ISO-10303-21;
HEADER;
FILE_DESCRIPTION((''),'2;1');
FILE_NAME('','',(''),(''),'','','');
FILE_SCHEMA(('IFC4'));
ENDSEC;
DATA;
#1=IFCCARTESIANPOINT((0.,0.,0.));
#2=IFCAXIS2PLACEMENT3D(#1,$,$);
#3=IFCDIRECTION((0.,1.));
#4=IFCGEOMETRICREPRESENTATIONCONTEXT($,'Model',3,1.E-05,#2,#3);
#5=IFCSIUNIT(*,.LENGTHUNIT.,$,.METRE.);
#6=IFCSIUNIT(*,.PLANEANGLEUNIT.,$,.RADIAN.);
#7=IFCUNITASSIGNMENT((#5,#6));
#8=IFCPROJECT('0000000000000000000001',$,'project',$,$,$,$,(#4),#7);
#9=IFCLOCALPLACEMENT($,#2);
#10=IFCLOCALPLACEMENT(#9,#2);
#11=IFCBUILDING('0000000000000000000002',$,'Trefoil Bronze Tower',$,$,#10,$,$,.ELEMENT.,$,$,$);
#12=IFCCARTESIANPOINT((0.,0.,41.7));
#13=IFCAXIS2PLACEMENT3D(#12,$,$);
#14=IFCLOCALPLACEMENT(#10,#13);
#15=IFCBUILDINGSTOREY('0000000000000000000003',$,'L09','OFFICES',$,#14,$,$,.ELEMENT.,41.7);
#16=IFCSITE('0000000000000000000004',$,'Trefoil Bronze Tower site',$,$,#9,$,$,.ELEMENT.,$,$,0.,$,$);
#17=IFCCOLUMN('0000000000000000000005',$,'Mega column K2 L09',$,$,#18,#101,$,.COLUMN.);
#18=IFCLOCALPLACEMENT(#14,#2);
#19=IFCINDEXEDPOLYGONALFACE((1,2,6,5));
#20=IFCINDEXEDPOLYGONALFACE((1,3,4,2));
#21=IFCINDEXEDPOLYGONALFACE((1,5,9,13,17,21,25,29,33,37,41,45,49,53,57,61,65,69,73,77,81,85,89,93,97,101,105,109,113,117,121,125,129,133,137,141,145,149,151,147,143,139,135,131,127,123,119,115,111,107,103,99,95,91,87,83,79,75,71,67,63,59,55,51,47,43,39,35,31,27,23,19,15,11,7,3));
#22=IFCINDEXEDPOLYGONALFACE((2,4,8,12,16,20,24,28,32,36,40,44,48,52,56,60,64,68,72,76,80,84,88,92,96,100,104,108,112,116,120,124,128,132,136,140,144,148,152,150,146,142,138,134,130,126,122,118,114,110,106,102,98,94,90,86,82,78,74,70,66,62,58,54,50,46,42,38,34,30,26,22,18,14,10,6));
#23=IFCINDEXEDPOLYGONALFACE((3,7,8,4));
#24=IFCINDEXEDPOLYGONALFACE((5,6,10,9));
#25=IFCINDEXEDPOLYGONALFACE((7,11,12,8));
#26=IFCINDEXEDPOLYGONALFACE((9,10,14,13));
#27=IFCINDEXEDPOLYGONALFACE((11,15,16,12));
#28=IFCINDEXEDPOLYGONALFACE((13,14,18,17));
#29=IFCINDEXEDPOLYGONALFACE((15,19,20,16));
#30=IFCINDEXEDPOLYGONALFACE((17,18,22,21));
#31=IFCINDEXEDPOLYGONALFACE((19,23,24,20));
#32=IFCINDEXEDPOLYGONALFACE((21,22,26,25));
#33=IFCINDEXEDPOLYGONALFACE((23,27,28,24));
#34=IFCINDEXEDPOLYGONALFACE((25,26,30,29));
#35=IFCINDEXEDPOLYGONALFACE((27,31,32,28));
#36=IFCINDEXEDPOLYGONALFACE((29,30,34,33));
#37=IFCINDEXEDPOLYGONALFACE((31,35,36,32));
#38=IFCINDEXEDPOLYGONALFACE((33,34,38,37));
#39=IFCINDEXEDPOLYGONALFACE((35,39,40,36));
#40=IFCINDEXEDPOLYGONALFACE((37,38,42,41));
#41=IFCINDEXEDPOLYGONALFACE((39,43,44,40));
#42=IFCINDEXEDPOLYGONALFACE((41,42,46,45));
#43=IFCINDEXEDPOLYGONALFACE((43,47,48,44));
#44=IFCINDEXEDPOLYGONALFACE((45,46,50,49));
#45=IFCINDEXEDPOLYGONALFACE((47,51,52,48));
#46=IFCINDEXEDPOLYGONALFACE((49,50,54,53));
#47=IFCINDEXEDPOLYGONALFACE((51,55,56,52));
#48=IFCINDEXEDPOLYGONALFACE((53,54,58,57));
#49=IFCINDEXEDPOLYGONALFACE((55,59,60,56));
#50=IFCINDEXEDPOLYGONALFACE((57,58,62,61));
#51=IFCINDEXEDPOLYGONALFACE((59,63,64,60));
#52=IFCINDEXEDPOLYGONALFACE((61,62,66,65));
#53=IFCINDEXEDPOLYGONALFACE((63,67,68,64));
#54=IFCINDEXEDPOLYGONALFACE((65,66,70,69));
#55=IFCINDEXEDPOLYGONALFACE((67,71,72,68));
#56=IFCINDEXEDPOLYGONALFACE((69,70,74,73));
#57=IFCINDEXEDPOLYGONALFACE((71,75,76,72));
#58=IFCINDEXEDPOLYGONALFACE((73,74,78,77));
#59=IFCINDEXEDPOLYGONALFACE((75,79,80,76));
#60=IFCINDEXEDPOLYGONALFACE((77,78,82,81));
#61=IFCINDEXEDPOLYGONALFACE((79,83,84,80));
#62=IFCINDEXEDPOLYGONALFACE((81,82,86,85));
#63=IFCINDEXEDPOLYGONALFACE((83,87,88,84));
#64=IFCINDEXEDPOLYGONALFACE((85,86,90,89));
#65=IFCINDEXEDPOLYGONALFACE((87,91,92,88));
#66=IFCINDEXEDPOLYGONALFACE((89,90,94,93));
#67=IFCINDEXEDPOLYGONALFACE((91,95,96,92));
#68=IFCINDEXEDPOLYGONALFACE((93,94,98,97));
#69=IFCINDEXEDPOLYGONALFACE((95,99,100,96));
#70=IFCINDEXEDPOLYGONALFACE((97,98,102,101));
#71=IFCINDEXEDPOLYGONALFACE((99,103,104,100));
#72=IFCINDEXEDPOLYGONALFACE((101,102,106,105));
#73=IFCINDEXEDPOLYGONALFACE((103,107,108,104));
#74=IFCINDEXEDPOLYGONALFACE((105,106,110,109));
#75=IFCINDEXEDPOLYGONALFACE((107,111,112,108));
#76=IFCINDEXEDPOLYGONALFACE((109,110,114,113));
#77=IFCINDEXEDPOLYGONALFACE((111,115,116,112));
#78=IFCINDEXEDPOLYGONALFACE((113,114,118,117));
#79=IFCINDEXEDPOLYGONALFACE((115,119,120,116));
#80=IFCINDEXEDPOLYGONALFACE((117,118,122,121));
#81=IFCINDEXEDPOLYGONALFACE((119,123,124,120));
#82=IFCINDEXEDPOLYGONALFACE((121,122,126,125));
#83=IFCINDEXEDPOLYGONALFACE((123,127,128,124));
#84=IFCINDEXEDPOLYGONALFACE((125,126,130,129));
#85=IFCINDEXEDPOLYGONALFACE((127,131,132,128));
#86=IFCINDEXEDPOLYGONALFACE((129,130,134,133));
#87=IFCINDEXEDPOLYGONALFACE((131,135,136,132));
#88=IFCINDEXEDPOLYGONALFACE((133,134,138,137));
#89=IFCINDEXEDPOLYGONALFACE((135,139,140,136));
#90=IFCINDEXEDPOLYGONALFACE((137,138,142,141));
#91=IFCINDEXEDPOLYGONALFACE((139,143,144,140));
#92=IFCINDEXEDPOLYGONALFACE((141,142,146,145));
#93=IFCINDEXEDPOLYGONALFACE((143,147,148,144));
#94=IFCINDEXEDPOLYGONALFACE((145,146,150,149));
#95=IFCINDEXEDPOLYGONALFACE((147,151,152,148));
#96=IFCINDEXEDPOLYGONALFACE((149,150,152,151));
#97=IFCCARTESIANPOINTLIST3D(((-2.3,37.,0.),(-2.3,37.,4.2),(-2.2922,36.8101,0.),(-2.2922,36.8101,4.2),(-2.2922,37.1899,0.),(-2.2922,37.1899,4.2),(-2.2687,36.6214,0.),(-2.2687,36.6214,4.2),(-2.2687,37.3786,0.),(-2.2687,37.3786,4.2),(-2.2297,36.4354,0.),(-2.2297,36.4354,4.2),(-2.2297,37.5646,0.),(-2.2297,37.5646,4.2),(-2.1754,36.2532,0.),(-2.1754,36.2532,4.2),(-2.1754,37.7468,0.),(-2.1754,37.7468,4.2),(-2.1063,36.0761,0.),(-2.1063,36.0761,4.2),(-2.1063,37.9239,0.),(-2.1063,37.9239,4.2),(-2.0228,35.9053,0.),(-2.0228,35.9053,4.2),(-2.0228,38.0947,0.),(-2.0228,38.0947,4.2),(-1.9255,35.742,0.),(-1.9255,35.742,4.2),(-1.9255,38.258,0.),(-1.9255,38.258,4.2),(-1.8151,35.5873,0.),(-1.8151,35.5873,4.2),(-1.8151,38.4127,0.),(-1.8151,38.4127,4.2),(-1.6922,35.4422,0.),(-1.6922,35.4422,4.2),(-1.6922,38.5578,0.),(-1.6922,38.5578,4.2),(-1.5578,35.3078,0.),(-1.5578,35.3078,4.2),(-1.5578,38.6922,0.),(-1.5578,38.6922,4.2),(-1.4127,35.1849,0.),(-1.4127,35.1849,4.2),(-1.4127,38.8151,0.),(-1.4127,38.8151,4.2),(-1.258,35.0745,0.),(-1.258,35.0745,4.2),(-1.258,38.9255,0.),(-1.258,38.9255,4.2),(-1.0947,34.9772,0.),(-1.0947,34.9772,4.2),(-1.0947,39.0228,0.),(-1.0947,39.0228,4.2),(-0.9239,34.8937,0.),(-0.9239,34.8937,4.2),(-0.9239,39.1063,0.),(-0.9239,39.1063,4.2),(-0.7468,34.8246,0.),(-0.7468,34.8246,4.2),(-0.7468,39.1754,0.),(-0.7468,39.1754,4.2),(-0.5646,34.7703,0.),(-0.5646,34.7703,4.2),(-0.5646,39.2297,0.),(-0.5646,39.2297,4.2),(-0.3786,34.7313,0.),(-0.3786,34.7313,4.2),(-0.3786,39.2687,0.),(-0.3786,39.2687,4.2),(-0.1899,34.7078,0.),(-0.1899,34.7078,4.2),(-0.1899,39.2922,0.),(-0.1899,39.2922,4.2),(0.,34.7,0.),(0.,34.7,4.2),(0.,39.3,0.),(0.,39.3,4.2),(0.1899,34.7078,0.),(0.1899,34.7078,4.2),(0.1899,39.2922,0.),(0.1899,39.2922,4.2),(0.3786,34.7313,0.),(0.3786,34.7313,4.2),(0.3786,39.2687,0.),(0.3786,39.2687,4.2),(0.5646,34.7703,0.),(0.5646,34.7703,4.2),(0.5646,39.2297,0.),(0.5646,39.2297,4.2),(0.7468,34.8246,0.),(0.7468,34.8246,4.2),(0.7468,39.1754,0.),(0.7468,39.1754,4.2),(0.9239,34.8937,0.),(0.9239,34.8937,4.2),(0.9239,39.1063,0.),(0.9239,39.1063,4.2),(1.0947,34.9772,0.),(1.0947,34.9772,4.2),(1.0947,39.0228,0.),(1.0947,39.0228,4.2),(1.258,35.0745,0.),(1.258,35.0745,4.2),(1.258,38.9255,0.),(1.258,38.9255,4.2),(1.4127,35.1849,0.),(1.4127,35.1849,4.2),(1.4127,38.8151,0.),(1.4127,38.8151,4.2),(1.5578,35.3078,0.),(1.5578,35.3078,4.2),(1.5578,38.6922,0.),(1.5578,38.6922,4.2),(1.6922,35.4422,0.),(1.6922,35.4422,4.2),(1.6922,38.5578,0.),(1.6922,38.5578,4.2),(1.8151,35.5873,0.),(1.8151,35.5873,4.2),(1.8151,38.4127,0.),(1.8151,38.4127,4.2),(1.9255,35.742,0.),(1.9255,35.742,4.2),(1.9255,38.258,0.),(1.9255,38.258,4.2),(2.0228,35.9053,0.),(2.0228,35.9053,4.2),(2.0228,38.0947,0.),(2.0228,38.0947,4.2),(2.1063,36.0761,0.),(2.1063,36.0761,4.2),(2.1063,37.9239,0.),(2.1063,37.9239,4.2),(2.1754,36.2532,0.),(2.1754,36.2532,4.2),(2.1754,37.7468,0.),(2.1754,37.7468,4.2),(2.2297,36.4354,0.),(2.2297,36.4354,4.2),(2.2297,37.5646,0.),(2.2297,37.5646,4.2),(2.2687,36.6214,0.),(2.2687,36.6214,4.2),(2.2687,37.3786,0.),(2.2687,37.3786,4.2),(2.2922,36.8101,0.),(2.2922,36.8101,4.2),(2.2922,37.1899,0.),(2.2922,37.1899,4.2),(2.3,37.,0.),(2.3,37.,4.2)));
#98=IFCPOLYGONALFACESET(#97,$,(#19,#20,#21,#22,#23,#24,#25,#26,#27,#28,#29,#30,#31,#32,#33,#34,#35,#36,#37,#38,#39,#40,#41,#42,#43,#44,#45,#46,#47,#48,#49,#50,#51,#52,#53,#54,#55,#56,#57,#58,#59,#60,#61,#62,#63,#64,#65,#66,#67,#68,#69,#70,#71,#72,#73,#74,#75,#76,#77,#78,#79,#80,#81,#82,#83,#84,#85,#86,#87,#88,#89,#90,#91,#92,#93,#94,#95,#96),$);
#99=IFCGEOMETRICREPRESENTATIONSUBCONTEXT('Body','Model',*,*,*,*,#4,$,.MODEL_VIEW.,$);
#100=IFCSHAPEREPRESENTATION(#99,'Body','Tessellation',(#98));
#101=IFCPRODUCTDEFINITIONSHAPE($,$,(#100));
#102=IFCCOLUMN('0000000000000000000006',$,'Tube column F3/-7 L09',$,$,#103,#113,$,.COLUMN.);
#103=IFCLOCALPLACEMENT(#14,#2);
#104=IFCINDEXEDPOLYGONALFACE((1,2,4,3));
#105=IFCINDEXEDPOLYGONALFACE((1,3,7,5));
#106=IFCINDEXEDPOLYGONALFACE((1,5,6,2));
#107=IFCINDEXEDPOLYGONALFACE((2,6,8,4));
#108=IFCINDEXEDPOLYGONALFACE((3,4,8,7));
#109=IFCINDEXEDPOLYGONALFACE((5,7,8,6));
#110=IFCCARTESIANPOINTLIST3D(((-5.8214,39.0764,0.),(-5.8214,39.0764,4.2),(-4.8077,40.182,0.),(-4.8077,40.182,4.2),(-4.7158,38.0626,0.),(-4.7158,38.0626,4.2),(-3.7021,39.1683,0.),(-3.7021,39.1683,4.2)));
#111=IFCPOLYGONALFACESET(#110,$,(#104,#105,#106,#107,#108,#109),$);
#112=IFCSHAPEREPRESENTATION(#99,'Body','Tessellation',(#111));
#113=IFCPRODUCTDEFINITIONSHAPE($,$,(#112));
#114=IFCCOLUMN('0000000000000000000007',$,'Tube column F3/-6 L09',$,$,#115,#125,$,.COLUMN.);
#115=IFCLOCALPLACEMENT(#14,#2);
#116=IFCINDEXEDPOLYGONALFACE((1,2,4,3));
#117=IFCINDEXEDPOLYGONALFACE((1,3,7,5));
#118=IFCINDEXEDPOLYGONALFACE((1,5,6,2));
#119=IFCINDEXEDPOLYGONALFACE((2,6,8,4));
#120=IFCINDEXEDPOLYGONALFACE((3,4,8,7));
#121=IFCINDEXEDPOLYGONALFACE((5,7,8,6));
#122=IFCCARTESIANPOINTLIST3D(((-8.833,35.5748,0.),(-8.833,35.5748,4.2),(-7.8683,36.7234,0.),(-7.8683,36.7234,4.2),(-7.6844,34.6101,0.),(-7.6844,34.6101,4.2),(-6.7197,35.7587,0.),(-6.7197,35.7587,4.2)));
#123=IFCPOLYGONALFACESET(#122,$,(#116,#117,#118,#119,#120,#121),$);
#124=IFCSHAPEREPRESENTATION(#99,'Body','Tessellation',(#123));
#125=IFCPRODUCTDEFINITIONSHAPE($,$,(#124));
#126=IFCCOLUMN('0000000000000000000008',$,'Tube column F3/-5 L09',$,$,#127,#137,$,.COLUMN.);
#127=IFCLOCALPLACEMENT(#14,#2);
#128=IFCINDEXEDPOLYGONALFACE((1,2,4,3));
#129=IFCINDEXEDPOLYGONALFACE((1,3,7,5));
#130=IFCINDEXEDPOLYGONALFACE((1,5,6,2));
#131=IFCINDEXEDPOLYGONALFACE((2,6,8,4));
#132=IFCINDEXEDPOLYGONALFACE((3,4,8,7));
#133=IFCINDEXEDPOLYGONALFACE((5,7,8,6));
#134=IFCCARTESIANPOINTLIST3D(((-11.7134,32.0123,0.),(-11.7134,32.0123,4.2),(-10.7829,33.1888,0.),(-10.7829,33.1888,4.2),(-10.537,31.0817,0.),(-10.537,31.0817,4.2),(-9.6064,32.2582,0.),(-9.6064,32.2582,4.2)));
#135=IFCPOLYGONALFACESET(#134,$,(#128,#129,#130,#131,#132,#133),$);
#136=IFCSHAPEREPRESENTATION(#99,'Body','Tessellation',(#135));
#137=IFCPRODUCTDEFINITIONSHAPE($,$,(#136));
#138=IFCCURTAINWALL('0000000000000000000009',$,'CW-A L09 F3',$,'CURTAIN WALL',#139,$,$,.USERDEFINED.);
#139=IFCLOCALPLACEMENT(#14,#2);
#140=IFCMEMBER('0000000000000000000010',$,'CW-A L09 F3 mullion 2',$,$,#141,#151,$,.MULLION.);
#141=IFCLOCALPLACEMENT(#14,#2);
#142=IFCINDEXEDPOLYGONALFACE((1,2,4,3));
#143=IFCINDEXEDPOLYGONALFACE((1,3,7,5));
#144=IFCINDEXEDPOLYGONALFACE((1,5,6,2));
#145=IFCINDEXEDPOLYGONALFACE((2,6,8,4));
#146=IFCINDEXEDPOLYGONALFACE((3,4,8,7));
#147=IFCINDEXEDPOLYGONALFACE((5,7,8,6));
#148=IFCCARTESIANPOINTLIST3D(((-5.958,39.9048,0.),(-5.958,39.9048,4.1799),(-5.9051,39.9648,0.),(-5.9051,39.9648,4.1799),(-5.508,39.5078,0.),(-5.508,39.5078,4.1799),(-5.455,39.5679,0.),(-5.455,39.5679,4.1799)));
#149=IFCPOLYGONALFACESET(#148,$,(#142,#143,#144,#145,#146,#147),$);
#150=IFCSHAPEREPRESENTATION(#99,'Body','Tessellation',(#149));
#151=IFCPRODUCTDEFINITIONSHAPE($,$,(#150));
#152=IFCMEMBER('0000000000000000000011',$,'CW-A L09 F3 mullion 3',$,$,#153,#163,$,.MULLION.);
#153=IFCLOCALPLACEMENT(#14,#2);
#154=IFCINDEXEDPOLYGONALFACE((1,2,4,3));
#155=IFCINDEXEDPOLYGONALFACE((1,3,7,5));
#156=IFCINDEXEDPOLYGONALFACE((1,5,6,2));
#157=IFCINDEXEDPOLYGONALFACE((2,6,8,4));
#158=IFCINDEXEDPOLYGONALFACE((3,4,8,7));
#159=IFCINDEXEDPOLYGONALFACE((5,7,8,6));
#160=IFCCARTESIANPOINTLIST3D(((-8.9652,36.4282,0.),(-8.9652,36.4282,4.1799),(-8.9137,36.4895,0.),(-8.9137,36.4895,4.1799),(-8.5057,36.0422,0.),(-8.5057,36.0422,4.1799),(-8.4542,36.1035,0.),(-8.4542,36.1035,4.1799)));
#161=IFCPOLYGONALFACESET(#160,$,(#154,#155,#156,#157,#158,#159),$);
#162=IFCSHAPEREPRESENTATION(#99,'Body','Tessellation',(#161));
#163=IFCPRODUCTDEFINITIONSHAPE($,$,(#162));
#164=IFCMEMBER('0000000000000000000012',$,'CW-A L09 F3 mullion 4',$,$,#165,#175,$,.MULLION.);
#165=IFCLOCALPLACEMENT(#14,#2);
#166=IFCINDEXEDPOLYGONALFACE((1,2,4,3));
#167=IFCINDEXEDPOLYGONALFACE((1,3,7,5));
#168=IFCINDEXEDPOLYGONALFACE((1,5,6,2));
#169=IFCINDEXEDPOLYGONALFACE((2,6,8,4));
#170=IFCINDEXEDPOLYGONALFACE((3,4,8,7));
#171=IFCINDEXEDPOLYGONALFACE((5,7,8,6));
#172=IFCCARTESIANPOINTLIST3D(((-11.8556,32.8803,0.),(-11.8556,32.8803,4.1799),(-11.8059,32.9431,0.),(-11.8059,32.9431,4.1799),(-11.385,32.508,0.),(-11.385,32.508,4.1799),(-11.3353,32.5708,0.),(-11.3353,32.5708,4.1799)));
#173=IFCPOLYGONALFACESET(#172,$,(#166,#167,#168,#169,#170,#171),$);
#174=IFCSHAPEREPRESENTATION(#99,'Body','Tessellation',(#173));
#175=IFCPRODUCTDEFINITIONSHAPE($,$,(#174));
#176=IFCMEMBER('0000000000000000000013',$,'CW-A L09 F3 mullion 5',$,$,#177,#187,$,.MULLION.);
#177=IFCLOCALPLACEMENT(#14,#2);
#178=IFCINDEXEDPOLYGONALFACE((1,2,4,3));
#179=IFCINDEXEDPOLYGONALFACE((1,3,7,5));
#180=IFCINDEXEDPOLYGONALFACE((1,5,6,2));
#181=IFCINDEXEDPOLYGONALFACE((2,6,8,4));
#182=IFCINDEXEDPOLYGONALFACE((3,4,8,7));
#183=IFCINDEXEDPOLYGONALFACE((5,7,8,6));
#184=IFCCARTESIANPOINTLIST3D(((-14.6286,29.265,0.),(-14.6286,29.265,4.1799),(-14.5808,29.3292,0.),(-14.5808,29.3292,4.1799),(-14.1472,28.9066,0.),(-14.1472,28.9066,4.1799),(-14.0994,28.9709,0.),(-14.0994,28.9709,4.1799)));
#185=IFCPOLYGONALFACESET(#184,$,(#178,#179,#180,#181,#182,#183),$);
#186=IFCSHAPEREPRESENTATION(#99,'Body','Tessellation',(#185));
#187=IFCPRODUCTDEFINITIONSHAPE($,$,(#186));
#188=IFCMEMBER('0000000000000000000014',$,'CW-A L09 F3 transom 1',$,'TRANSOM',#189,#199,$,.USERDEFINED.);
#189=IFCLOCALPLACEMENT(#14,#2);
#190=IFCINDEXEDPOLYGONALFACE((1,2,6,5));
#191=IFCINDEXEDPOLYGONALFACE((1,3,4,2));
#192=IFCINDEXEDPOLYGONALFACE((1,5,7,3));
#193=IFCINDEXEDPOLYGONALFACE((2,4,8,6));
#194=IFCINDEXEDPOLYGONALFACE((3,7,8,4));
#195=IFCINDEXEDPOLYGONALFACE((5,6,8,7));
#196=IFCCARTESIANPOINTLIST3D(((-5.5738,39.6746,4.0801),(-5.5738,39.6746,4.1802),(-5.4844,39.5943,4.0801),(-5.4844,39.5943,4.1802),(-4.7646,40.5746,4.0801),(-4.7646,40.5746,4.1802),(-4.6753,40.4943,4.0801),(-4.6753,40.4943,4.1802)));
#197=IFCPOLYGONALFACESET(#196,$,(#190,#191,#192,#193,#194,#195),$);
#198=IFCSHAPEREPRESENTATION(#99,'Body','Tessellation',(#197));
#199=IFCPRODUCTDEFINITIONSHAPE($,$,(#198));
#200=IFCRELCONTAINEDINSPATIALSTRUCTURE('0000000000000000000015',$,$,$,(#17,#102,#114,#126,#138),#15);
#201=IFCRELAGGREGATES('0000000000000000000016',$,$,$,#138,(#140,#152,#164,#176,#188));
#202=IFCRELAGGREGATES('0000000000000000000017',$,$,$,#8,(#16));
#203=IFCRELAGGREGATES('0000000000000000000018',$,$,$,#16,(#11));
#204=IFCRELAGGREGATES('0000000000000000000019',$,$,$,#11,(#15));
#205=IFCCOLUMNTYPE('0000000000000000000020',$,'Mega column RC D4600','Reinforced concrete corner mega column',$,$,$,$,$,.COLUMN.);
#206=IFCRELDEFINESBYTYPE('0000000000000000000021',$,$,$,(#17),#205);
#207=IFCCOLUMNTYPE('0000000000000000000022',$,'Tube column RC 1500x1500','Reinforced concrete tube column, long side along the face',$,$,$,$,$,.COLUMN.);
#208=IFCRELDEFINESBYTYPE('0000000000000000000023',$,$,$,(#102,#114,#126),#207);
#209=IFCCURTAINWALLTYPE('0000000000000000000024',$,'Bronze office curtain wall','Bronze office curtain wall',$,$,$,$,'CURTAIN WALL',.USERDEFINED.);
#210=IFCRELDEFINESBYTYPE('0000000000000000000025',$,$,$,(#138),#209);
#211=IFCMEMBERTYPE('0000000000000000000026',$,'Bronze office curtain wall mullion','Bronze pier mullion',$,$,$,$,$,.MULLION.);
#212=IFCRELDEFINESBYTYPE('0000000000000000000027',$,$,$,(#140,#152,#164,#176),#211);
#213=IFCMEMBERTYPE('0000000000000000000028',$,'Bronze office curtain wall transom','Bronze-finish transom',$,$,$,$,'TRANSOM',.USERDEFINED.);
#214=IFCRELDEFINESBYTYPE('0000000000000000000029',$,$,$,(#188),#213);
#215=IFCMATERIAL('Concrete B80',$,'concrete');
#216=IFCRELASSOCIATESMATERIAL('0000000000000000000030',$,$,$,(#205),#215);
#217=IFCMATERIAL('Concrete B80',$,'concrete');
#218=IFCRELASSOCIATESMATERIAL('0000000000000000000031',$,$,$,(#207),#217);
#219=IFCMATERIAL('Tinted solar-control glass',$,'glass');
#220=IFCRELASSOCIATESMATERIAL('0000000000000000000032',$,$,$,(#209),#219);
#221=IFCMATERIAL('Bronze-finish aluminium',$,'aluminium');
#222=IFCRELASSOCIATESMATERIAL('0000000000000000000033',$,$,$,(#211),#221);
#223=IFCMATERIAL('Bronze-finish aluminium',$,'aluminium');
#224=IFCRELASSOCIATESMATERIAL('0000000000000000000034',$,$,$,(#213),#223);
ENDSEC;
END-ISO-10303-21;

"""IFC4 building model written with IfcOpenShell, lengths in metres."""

from ifc_helpers import new_model, si_unit, direction, frame, origin, origin_2d, place, context, subcontext, project, spatial, rectangle, circle, extrude, material, material_profile, profile_set, type_object, element, aggregate, save


model = new_model("IFC4")

# Units and contexts
model_context = context("Model", 3, precision=1e-05, world=origin(), true_north=direction((0.0, 1.0)))
body_context = subcontext(model_context, "Body", "Model", "MODEL_VIEW")
ifc_project = project(units=[si_unit("LENGTHUNIT", "METRE"), si_unit("PLANEANGLEUNIT", "RADIAN")], contexts=[model_context])

# Site, building, storey
site_placement = place(None, origin())
site = spatial("IfcSite", under=ifc_project, at=site_placement, Name="Trefoil Bronze Tower site", CompositionType="ELEMENT", RefElevation=0.0)
building_placement = place(site_placement, origin())
building = spatial("IfcBuilding", under=site, at=building_placement, Name="Trefoil Bronze Tower", CompositionType="ELEMENT")
storey_placement = place(building_placement, frame((0.0, 0.0, 41.7)))
storey = spatial("IfcBuildingStorey", under=building, at=storey_placement, Name="L09", Description="OFFICES", CompositionType="ELEMENT", Elevation=41.7)

# Columns
ifc_material_1 = material(Name="Concrete B80", Category="concrete")
ifc_material_profile_1 = material_profile(ifc_material_1, circle(Radius=2.3, at=origin_2d()), Name="RC D4600")
ifc_profile_set_1 = profile_set([ifc_material_profile_1], Name="Concrete B80")
column_type_1 = type_object("IfcColumnType", Name="Mega column RC D4600", Description="Reinforced concrete corner mega column", PredefinedType="COLUMN", material=ifc_profile_set_1)
column_placement = place(storey_placement, frame((0.0, 37.0, 0.0), z_axis=(0.0, 0.0, 1.0), x_axis=(1.0, 0.0, 0.0)))
element("IfcColumn", 1, at=column_placement, inside=storey, type_object=column_type_1, Name="Mega column K2 L09", PredefinedType="COLUMN", context=body_context, shape_type="SweptSolid", body=[
    extrude(circle(Radius=2.3, at=origin_2d()), origin(), (0.0, 0.0, 1.0), 4.2),
])
ifc_material_2 = material(Name="Concrete B80", Category="concrete")
ifc_material_profile_2 = material_profile(ifc_material_2, rectangle(XDim=1.5, YDim=1.5, at=origin_2d()), Name="RC 1500x1500")
ifc_profile_set_2 = profile_set([ifc_material_profile_2], Name="Concrete B80")
column_type_2 = type_object("IfcColumnType", Name="Tube column RC 1500x1500", Description="Reinforced concrete tube column, long side along the face", PredefinedType="COLUMN", material=ifc_profile_set_2)
for number, where, z_axis, x_axis, name in (
    (2, (-4.7617, 39.1223, 0.0), (0.0, 0.0, 1.0), (-0.675816, -0.73707, 0.0), "Tube column F3/-7 L09"),
    (3, (-7.7764, 35.6667, 0.0), (0.0, 0.0, 1.0), (-0.643163, -0.765729, 0.0), "Tube column F3/-6 L09"),
    (4, (-10.6599, 32.1353, 0.0), (0.0, 0.0, 1.0), (-0.620376, -0.784305, 0.0), "Tube column F3/-5 L09"),
):
    element("IfcColumn", number, at=place(storey_placement, frame(where, z_axis=z_axis, x_axis=x_axis)), inside=storey, type_object=column_type_2, Name=name, PredefinedType="COLUMN", context=body_context, shape_type="SweptSolid", body=[
        extrude(rectangle(XDim=1.5, YDim=1.5, at=origin_2d()), origin(), (0.0, 0.0, 1.0), 4.2),
    ])

# Curtain wall, members
ifc_material_3 = material(Name="Tinted solar-control glass", Category="glass")
curtain_wall_type_1 = type_object("IfcCurtainWallType", Name="Bronze office curtain wall", Description="Bronze office curtain wall", ElementType="CURTAIN WALL", PredefinedType="USERDEFINED", material=ifc_material_3)
curtain_wall_1_placement = place(storey_placement, origin())
curtain_wall_1 = element("IfcCurtainWall", 5, at=curtain_wall_1_placement, inside=storey, type_object=curtain_wall_type_1, Name="CW-A L09 F3", ObjectType="CURTAIN WALL", PredefinedType="USERDEFINED")
ifc_material_4 = material(Name="Bronze-finish aluminium", Category="aluminium")
ifc_material_profile_3 = material_profile(ifc_material_4, rectangle(XDim=0.6001, YDim=0.0801, at=origin_2d()), Name="CW-A mullion")
ifc_profile_set_3 = profile_set([ifc_material_profile_3], Name="Bronze-finish aluminium")
member_type_1 = type_object("IfcMemberType", Name="Bronze office curtain wall mullion", Description="Bronze pier mullion", PredefinedType="MULLION", material=ifc_profile_set_3)
member_1_placement = place(storey_placement, frame((-5.7065, 39.7363, 0.0), z_axis=(0.0, 0.0, 1.0), x_axis=(0.749941, -0.661505, 0.0)))
member_1 = element("IfcMember", 6, at=member_1_placement, type_object=member_type_1, Name="CW-A L09 F3 mullion 2", PredefinedType="MULLION", context=body_context, shape_type="SweptSolid", body=[
    extrude(rectangle(XDim=0.6001, YDim=0.0801, at=origin_2d()), origin(), (0.0, 0.0, 1.0), 4.1799),
])
member_2_placement = place(storey_placement, frame((-8.7097, 36.2659, 0.0), z_axis=(0.0, 0.0, 1.0), x_axis=(0.765729, -0.643163, 0.0)))
member_2 = element("IfcMember", 7, at=member_2_placement, type_object=member_type_1, Name="CW-A L09 F3 mullion 3", PredefinedType="MULLION", context=body_context, shape_type="SweptSolid", body=[
    extrude(rectangle(XDim=0.6001, YDim=0.0801, at=origin_2d()), origin(), (0.0, 0.0, 1.0), 4.1799),
])
member_3_placement = place(storey_placement, frame((-11.5955, 32.7256, 0.0), z_axis=(0.0, 0.0, 1.0), x_axis=(0.784305, -0.620376, 0.0)))
member_3 = element("IfcMember", 8, at=member_3_placement, type_object=member_type_1, Name="CW-A L09 F3 mullion 4", PredefinedType="MULLION", context=body_context, shape_type="SweptSolid", body=[
    extrude(rectangle(XDim=0.6001, YDim=0.0801, at=origin_2d()), origin(), (0.0, 0.0, 1.0), 4.1799),
])
member_4_placement = place(storey_placement, frame((-14.364, 29.1179, 0.0), z_axis=(0.0, 0.0, 1.0), x_axis=(0.802127, -0.597154, 0.0)))
member_4 = element("IfcMember", 9, at=member_4_placement, type_object=member_type_1, Name="CW-A L09 F3 mullion 5", PredefinedType="MULLION", context=body_context, shape_type="SweptSolid", body=[
    extrude(rectangle(XDim=0.6001, YDim=0.0801, at=origin_2d()), origin(), (0.0, 0.0, 1.0), 4.1799),
])
ifc_material_5 = material(Name="Bronze-finish aluminium", Category="aluminium")
ifc_material_profile_4 = material_profile(ifc_material_5, rectangle(XDim=0.1201, YDim=0.1001, at=origin_2d()), Name="CW-A transom")
ifc_profile_set_4 = profile_set([ifc_material_profile_4], Name="Bronze-finish aluminium")
member_type_2 = type_object("IfcMemberType", Name="Bronze office curtain wall transom", Description="Bronze-finish transom", ElementType="TRANSOM", PredefinedType="USERDEFINED", material=ifc_profile_set_4)
member_5_placement = place(storey_placement, frame((-4.72, 40.5344, 4.1301), z_axis=(-0.668586, -0.743635, 0.0), x_axis=(0.743635, -0.668586, 0.0)))
member_5 = element("IfcMember", 10, at=member_5_placement, type_object=member_type_2, Name="CW-A L09 F3 transom 1", ObjectType="TRANSOM", PredefinedType="USERDEFINED", context=body_context, shape_type="SweptSolid", body=[
    extrude(rectangle(XDim=0.1201, YDim=0.1001, at=origin_2d()), origin(), (0.0, 0.0, 1.0), 1.2102),
])

aggregate(curtain_wall_1, [member_1, member_2, member_3, member_4, member_5])

save(model, "model.ifc")
